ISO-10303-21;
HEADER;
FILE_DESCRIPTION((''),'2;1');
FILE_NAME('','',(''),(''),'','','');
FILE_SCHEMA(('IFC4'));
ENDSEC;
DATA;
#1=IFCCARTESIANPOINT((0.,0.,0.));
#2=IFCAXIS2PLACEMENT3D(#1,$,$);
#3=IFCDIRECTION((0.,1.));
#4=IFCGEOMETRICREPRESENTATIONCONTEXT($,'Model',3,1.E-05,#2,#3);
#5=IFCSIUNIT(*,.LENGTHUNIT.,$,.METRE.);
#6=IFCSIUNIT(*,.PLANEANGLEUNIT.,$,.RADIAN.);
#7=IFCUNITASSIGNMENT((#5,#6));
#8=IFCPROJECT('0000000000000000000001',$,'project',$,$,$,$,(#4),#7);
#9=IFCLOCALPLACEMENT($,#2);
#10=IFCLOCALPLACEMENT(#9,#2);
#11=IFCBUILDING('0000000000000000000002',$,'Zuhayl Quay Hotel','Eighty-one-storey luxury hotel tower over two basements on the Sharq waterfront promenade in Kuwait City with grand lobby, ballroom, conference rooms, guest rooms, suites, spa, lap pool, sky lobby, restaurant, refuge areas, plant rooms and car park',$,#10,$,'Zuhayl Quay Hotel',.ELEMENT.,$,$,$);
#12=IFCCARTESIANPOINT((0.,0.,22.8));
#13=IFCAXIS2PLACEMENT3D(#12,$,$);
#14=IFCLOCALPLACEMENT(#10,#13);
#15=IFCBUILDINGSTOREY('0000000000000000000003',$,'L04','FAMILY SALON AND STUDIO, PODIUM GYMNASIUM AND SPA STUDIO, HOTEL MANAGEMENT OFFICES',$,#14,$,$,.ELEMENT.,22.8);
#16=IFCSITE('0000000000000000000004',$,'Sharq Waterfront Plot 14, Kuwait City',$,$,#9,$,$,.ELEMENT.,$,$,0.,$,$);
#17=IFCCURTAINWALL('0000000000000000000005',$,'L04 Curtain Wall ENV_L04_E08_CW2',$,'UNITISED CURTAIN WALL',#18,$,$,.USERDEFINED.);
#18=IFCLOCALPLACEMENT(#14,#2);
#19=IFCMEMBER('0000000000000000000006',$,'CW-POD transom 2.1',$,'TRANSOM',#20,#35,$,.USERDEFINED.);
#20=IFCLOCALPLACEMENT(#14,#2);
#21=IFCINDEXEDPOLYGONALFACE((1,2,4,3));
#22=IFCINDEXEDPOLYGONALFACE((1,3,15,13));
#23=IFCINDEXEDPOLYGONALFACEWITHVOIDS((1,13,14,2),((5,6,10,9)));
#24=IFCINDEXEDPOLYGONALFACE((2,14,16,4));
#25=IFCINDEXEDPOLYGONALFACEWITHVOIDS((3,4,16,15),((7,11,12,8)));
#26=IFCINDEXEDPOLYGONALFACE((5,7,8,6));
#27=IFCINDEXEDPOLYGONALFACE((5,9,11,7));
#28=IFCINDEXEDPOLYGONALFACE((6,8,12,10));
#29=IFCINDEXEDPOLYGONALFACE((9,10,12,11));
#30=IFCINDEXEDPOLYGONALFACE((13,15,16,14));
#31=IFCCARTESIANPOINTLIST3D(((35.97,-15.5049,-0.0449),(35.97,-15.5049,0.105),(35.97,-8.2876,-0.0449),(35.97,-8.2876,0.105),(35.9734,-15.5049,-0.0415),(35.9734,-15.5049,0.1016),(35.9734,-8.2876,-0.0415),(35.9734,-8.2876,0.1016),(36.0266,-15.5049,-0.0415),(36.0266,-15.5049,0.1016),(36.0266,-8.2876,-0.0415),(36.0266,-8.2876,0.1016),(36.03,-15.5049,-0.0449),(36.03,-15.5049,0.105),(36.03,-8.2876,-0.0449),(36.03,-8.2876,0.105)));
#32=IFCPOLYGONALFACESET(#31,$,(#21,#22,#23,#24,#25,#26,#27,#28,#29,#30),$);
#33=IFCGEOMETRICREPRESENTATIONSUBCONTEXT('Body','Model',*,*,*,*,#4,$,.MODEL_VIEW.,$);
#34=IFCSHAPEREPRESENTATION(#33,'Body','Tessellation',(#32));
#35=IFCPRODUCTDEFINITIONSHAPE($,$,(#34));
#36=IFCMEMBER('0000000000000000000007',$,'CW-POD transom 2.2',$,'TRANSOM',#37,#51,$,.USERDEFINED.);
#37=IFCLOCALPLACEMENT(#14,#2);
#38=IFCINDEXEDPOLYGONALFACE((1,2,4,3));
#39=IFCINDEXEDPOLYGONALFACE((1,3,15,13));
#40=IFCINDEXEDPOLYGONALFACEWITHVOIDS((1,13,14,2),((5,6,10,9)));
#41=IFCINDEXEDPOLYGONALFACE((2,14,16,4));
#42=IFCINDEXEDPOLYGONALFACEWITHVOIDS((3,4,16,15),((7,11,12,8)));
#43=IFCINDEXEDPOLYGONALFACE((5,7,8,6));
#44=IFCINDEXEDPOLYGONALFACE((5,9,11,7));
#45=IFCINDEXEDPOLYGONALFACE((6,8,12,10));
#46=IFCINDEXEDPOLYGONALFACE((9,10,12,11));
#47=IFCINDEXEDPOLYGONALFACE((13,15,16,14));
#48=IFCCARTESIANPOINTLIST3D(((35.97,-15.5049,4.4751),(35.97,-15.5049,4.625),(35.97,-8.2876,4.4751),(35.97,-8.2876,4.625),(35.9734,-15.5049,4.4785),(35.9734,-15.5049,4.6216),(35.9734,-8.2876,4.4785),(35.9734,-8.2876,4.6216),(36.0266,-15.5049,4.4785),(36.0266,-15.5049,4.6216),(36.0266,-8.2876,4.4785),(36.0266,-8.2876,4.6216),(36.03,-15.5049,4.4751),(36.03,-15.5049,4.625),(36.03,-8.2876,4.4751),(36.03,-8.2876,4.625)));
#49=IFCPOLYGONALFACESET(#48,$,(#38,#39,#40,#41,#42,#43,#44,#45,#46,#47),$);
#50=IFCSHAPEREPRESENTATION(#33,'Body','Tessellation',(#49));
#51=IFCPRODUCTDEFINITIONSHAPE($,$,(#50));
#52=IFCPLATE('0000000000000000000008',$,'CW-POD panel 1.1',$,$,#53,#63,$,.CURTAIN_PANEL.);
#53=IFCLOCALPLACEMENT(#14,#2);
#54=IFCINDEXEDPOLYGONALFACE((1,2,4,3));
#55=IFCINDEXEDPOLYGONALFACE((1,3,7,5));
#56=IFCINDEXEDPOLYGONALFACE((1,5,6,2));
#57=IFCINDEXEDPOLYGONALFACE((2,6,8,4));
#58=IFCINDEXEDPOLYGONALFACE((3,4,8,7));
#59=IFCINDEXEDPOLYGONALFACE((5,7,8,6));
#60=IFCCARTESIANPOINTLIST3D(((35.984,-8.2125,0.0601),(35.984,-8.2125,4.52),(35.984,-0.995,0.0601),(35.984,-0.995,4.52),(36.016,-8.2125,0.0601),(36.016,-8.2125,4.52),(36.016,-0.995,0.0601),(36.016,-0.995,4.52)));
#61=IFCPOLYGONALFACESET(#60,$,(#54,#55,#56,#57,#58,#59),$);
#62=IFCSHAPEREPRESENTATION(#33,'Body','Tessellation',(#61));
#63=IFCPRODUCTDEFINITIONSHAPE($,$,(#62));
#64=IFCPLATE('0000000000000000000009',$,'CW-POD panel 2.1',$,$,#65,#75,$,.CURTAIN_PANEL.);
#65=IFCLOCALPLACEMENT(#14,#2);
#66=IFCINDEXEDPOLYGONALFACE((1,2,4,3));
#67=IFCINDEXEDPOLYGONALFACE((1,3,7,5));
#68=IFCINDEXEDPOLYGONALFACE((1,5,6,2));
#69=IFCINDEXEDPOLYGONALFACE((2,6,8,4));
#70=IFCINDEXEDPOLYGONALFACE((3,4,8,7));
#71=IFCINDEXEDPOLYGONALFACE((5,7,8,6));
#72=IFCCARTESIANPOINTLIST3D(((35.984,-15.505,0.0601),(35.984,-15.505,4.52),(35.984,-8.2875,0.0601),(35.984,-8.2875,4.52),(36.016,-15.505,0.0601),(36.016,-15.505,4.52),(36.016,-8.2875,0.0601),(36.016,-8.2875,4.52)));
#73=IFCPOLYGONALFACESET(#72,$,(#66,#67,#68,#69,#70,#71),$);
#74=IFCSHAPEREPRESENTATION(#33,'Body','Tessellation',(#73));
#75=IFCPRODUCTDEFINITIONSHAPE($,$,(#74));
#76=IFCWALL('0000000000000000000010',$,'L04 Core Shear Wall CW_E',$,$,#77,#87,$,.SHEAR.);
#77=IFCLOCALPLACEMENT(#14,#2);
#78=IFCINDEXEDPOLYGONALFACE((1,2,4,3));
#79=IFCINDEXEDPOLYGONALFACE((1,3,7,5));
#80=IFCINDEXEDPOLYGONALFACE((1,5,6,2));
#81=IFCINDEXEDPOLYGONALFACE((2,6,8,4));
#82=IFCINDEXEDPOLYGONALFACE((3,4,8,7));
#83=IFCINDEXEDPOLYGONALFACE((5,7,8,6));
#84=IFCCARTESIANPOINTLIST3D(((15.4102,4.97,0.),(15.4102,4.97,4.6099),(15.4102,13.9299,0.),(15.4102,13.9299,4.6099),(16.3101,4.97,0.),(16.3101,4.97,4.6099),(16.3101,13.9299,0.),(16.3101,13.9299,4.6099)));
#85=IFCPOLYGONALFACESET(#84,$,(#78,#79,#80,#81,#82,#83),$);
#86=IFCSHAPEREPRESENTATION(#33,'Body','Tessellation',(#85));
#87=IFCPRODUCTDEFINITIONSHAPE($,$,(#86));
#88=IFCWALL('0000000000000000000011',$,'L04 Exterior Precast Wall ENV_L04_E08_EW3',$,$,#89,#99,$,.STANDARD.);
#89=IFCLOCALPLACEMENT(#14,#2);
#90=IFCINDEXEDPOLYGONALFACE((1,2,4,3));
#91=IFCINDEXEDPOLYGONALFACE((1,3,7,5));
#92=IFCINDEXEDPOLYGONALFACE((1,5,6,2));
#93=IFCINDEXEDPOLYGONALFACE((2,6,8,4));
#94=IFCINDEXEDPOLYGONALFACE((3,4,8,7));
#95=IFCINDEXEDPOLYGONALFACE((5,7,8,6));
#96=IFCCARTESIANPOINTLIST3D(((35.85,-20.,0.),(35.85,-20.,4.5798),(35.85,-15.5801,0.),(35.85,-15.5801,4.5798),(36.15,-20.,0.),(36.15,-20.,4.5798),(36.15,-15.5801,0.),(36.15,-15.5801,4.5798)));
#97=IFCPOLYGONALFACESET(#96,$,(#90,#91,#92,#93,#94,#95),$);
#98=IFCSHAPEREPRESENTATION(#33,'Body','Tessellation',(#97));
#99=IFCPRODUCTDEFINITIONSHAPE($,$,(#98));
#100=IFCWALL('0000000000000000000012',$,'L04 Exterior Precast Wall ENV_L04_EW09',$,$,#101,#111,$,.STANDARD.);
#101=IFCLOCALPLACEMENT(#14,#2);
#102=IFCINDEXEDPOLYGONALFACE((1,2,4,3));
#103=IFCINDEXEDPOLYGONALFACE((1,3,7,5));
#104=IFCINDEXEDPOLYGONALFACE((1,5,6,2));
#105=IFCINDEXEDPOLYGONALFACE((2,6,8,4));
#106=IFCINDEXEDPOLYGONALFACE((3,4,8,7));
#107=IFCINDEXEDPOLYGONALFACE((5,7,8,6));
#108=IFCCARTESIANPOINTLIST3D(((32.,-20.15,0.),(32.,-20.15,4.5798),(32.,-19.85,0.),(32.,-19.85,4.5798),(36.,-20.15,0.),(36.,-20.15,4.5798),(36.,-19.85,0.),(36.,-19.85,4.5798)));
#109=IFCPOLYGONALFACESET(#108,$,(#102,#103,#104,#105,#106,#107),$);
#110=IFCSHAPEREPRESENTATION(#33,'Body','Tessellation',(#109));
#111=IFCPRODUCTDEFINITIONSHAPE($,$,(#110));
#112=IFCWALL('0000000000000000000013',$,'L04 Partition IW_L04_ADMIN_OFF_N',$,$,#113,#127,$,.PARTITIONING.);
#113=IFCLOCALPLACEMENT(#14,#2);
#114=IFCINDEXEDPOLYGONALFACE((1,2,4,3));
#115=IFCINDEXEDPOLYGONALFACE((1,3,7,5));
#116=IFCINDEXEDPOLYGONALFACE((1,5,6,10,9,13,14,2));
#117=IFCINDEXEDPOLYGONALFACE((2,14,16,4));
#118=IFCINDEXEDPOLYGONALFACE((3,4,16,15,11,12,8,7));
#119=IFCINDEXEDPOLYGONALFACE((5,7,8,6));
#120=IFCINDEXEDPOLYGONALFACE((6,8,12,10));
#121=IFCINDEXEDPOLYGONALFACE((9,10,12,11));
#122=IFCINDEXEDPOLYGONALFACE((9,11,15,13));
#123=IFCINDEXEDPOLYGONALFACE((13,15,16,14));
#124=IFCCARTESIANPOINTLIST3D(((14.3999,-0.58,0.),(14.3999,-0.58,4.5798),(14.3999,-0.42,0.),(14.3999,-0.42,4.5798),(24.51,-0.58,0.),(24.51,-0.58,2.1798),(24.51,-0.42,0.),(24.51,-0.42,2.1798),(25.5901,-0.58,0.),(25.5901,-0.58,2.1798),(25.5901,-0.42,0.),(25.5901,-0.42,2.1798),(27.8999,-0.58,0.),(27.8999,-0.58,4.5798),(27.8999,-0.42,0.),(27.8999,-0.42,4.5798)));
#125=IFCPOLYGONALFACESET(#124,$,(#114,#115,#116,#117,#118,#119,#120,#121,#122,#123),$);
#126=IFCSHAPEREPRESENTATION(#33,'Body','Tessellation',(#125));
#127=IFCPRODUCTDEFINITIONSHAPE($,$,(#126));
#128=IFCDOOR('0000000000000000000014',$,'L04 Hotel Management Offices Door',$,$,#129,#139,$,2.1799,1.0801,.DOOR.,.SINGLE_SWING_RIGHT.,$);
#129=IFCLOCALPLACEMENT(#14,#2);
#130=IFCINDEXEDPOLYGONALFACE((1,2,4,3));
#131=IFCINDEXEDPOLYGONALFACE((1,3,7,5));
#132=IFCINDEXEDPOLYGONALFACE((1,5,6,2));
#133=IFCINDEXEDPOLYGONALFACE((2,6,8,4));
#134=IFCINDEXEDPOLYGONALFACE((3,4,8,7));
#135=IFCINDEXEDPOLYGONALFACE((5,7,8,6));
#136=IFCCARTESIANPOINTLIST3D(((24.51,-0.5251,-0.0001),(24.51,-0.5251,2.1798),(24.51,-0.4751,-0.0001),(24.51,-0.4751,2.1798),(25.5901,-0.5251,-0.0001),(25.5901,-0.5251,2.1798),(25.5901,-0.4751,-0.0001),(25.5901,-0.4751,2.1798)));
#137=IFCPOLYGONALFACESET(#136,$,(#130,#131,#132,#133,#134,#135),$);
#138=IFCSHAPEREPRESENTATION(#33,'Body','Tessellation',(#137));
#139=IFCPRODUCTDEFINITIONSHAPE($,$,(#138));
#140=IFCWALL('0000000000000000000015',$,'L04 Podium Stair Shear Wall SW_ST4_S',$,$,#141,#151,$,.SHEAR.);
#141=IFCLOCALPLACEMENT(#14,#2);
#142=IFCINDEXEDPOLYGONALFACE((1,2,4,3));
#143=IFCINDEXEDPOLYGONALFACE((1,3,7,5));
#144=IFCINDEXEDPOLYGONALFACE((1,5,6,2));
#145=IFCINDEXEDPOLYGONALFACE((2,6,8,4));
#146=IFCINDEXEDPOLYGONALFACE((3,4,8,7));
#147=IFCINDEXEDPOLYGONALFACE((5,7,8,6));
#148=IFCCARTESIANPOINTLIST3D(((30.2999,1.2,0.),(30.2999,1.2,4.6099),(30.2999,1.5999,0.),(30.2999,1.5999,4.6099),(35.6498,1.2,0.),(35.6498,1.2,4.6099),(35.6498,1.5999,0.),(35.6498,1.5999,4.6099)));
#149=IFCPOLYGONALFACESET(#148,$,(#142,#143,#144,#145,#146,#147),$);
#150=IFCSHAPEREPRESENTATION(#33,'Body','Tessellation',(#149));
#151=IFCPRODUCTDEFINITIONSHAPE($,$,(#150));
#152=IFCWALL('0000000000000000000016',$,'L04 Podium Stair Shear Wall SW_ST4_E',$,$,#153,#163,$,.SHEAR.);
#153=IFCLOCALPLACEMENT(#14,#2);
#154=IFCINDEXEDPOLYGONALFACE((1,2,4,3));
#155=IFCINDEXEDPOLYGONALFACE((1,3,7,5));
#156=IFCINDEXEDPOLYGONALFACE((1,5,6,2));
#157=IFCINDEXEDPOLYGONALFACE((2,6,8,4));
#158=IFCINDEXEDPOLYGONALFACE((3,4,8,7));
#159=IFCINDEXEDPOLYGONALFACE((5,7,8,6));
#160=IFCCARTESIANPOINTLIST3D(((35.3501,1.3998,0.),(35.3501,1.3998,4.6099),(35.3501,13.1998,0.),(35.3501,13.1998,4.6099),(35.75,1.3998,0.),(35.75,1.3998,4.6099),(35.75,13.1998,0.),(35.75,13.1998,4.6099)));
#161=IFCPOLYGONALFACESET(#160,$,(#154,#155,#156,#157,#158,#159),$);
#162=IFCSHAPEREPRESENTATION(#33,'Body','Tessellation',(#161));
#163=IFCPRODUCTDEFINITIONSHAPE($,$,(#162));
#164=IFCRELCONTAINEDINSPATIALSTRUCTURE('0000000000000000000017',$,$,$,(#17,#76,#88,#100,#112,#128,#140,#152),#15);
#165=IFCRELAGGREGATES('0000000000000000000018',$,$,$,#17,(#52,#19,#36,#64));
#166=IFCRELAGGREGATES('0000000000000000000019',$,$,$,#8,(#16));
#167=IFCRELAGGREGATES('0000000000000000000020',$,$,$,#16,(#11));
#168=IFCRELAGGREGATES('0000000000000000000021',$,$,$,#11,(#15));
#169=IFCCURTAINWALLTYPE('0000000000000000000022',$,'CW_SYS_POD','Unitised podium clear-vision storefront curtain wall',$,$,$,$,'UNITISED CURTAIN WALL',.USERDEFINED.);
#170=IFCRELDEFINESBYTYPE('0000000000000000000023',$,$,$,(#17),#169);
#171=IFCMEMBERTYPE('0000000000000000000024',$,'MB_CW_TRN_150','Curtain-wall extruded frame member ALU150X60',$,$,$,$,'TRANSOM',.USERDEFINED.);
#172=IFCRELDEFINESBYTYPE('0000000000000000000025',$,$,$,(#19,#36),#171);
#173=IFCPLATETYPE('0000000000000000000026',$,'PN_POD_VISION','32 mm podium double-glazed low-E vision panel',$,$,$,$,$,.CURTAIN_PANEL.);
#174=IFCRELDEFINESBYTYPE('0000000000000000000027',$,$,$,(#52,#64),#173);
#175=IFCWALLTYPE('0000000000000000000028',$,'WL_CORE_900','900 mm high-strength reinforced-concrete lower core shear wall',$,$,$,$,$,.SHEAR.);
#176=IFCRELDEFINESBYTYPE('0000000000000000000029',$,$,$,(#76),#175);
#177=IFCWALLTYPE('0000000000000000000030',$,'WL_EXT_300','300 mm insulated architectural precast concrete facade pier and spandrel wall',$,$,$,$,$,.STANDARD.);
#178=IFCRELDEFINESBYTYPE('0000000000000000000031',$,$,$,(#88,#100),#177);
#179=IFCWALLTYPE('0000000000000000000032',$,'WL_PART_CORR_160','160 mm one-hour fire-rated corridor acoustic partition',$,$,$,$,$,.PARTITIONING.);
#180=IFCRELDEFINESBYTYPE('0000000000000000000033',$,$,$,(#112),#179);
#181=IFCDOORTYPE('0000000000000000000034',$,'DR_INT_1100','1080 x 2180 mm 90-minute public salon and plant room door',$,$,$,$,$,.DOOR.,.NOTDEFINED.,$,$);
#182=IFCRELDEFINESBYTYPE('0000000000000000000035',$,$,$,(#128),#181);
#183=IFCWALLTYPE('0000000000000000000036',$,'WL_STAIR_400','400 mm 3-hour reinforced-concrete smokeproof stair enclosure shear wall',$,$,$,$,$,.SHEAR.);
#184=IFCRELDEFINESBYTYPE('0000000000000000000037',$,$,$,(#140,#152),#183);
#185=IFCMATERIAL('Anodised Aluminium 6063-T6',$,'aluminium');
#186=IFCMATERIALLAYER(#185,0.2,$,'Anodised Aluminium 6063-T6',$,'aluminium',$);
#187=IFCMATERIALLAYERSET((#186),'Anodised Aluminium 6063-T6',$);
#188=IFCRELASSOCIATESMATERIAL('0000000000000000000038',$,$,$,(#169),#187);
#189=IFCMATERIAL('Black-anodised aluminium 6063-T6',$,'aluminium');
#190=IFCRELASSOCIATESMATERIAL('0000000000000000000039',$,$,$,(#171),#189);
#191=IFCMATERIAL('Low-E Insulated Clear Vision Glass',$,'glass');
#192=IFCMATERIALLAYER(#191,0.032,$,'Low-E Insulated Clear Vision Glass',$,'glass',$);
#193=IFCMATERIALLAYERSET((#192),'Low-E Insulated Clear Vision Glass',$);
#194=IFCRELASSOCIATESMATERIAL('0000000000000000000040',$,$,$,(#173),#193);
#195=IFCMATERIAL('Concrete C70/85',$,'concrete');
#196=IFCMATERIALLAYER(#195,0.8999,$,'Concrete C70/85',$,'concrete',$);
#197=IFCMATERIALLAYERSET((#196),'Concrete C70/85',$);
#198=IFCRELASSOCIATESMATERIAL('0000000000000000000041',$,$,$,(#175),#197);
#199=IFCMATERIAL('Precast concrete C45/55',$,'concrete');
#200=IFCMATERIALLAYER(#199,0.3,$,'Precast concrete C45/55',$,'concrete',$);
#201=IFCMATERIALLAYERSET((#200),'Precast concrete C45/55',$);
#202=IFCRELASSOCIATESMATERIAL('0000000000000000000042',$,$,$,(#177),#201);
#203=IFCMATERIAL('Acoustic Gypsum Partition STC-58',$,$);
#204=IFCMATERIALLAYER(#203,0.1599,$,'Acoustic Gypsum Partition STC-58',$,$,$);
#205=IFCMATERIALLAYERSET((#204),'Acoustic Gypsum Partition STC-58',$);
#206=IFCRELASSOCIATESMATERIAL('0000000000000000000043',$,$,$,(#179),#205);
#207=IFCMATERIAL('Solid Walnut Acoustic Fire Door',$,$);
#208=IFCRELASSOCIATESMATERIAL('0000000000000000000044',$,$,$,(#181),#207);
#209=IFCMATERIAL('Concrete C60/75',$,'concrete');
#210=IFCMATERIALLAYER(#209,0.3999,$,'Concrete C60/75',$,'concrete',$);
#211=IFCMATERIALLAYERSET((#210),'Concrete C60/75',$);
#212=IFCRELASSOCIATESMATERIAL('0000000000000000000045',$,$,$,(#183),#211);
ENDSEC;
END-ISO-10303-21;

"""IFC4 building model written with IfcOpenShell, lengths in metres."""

from ifc_helpers import new_model, si_unit, direction, frame, frame_2d, origin, origin_2d, place, context, subcontext, project, spatial, rectangle, hollow_rectangle, extrude, material, layer, layer_set, material_profile, profile_set, type_object, element, fill, aggregate, save


model = new_model("IFC4")

# Units and contexts
model_context = context("Model", 3, precision=1e-05, world=origin(), true_north=direction((0.0, 1.0)))
body_context = subcontext(model_context, "Body", "Model", "MODEL_VIEW")
ifc_project = project(units=[si_unit("LENGTHUNIT", "METRE"), si_unit("PLANEANGLEUNIT", "RADIAN")], contexts=[model_context])

# Site, building, storey
site_placement = place(None, origin())
site = spatial("IfcSite", under=ifc_project, at=site_placement, Name="Sharq Waterfront Plot 14, Kuwait City", CompositionType="ELEMENT", RefElevation=0.0)
building_placement = place(site_placement, origin())
building = spatial("IfcBuilding", under=site, at=building_placement, Name="Zuhayl Quay Hotel", Description="Eighty-one-storey luxury hotel tower over two basements on the Sharq waterfront promenade in Kuwait City with grand lobby, ballroom, conference rooms, guest rooms, suites, spa, lap pool, sky lobby, restaurant, refuge areas, plant rooms and car park", LongName="Zuhayl Quay Hotel", CompositionType="ELEMENT")
storey_placement = place(building_placement, frame((0.0, 0.0, 22.8)))
storey = spatial("IfcBuildingStorey", under=building, at=storey_placement, Name="L04", Description="FAMILY SALON AND STUDIO, PODIUM GYMNASIUM AND SPA STUDIO, HOTEL MANAGEMENT OFFICES", CompositionType="ELEMENT", Elevation=22.8)

# Shared definitions
ifc_material_1 = material(Name="Concrete C70/85", Category="concrete")

# Curtain wall, members, plates
ifc_material_2 = material(Name="Anodised Aluminium 6063-T6", Category="aluminium")
ifc_layer_1 = layer(ifc_material_2, 0.2, Name="Anodised Aluminium 6063-T6", Category="aluminium")
ifc_layer_set_1 = layer_set([ifc_layer_1], Name="Anodised Aluminium 6063-T6")
curtain_wall_type = type_object("IfcCurtainWallType", Name="CW_SYS_POD", Description="Unitised podium clear-vision storefront curtain wall", ElementType="UNITISED CURTAIN WALL", PredefinedType="USERDEFINED", material=ifc_layer_set_1)
curtain_wall_placement = place(storey_placement, origin())
curtain_wall = element("IfcCurtainWall", 1, at=curtain_wall_placement, inside=storey, type_object=curtain_wall_type, Name="L04 Curtain Wall ENV_L04_E08_CW2", ObjectType="UNITISED CURTAIN WALL", PredefinedType="USERDEFINED")
ifc_material_3 = material(Name="Black-anodised aluminium 6063-T6", Category="aluminium")
ifc_material_profile_1 = material_profile(ifc_material_3, hollow_rectangle(XDim=0.0601, YDim=0.1499, WallThickness=0.0034, at=origin_2d()), Name="ALU150X60")
ifc_profile_set_1 = profile_set([ifc_material_profile_1], Name="Black-anodised aluminium 6063-T6")
member_type_1 = type_object("IfcMemberType", Name="MB_CW_TRN_150", Description="Curtain-wall extruded frame member ALU150X60", ElementType="TRANSOM", PredefinedType="USERDEFINED", material=ifc_profile_set_1)
member_1_placement = place(storey_placement, frame((36.0, -8.2876, 0.03), z_axis=(0.0, -1.0, 0.0), x_axis=(1.0, 0.0, 0.0)))
member_1 = element("IfcMember", 2, at=member_1_placement, type_object=member_type_1, Name="CW-POD transom 2.1", ObjectType="TRANSOM", PredefinedType="USERDEFINED", context=body_context, shape_type="SweptSolid", body=[
    extrude(hollow_rectangle(XDim=0.0601, YDim=0.1499, WallThickness=0.0034, at=origin_2d()), origin(), (0.0, 0.0, 1.0), 7.2173),
])
member_2_placement = place(storey_placement, frame((36.0, -8.2876, 4.55), z_axis=(0.0, -1.0, 0.0), x_axis=(1.0, 0.0, 0.0)))
member_2 = element("IfcMember", 3, at=member_2_placement, type_object=member_type_1, Name="CW-POD transom 2.2", ObjectType="TRANSOM", PredefinedType="USERDEFINED", context=body_context, shape_type="SweptSolid", body=[
    extrude(hollow_rectangle(XDim=0.0601, YDim=0.1499, WallThickness=0.0034, at=origin_2d()), origin(), (0.0, 0.0, 1.0), 7.2173),
])
ifc_material_4 = material(Name="Low-E Insulated Clear Vision Glass", Category="glass")
ifc_layer_2 = layer(ifc_material_4, 0.032, Name="Low-E Insulated Clear Vision Glass", Category="glass")
ifc_layer_set_2 = layer_set([ifc_layer_2], Name="Low-E Insulated Clear Vision Glass")
plate_type = type_object("IfcPlateType", Name="PN_POD_VISION", Description="32 mm podium double-glazed low-E vision panel", PredefinedType="CURTAIN_PANEL", material=ifc_layer_set_2)
plate_1_placement = place(storey_placement, frame((36.0, -4.6038, 0.0601), z_axis=(0.0, 0.0, 1.0), x_axis=(0.0, -1.0, 0.0)))
plate_1 = element("IfcPlate", 4, at=plate_1_placement, type_object=plate_type, Name="CW-POD panel 1.1", PredefinedType="CURTAIN_PANEL", context=body_context, shape_type="SweptSolid", body=[
    extrude(rectangle(XDim=7.2175, YDim=0.032, at=origin_2d()), origin(), (0.0, 0.0, 1.0), 4.46),
])
plate_2_placement = place(storey_placement, frame((36.0, -11.8962, 0.0601), z_axis=(0.0, 0.0, 1.0), x_axis=(0.0, -1.0, 0.0)))
plate_2 = element("IfcPlate", 5, at=plate_2_placement, type_object=plate_type, Name="CW-POD panel 2.1", PredefinedType="CURTAIN_PANEL", context=body_context, shape_type="SweptSolid", body=[
    extrude(rectangle(XDim=7.2175, YDim=0.032, at=origin_2d()), origin(), (0.0, 0.0, 1.0), 4.46),
])
aggregate(curtain_wall, [plate_1, member_1, member_2, plate_2])

# Walls
ifc_layer_3 = layer(ifc_material_1, 0.8999, Name="Concrete C70/85", Category="concrete")
ifc_layer_set_3 = layer_set([ifc_layer_3], Name="Concrete C70/85")
wall_type_1 = type_object("IfcWallType", Name="WL_CORE_900", Description="900 mm high-strength reinforced-concrete lower core shear wall", PredefinedType="SHEAR", material=ifc_layer_set_3)
wall_1_placement = place(storey_placement, frame((15.8601, 4.97, 0.0), z_axis=(0.0, 0.0, 1.0), x_axis=(0.0, 1.0, 0.0)))
element("IfcWall", 6, at=wall_1_placement, inside=storey, type_object=wall_type_1, Name="L04 Core Shear Wall CW_E", PredefinedType="SHEAR", context=body_context, shape_type="SweptSolid", body=[
    extrude(rectangle(XDim=8.96, YDim=0.8999, at=frame_2d((4.48, 0.0))), origin(), (0.0, 0.0, 1.0), 4.6099),
])
ifc_material_5 = material(Name="Precast concrete C45/55", Category="concrete")
ifc_layer_4 = layer(ifc_material_5, 0.3, Name="Precast concrete C45/55", Category="concrete")
ifc_layer_set_4 = layer_set([ifc_layer_4], Name="Precast concrete C45/55")
wall_type_2 = type_object("IfcWallType", Name="WL_EXT_300", Description="300 mm insulated architectural precast concrete facade pier and spandrel wall", PredefinedType="STANDARD", material=ifc_layer_set_4)
wall_2_placement = place(storey_placement, frame((36.0, -15.5801, 0.0), z_axis=(0.0, 0.0, 1.0), x_axis=(0.0, -1.0, 0.0)))
element("IfcWall", 7, at=wall_2_placement, inside=storey, type_object=wall_type_2, Name="L04 Exterior Precast Wall ENV_L04_E08_EW3", PredefinedType="STANDARD", context=body_context, shape_type="SweptSolid", body=[
    extrude(rectangle(XDim=4.4199, YDim=0.3, at=frame_2d((2.21, 0.0))), origin(), (0.0, 0.0, 1.0), 4.5798),
])
wall_3_placement = place(storey_placement, frame((36.0, -20.0, 0.0), z_axis=(0.0, 0.0, 1.0), x_axis=(-1.0, 0.0, 0.0)))
element("IfcWall", 8, at=wall_3_placement, inside=storey, type_object=wall_type_2, Name="L04 Exterior Precast Wall ENV_L04_EW09", PredefinedType="STANDARD", context=body_context, shape_type="SweptSolid", body=[
    extrude(rectangle(XDim=4.0, YDim=0.3, at=frame_2d((2.0, 0.0))), origin(), (0.0, 0.0, 1.0), 4.5798),
])

# Wall, opening, door
ifc_material_6 = material(Name="Acoustic Gypsum Partition STC-58")
ifc_layer_5 = layer(ifc_material_6, 0.1599, Name="Acoustic Gypsum Partition STC-58")
ifc_layer_set_5 = layer_set([ifc_layer_5], Name="Acoustic Gypsum Partition STC-58")
wall_type_3 = type_object("IfcWallType", Name="WL_PART_CORR_160", Description="160 mm one-hour fire-rated corridor acoustic partition", PredefinedType="PARTITIONING", material=ifc_layer_set_5)
wall_4_placement = place(storey_placement, frame((14.3999, -0.5, 0.0), z_axis=(0.0, 0.0, 1.0), x_axis=(1.0, 0.0, 0.0)))
wall_4 = element("IfcWall", 9, at=wall_4_placement, inside=storey, type_object=wall_type_3, Name="L04 Partition IW_L04_ADMIN_OFF_N", PredefinedType="PARTITIONING", context=body_context, shape_type="SweptSolid", body=[
    extrude(rectangle(XDim=13.5, YDim=0.1599, at=frame_2d((6.75, 0.0))), origin(), (0.0, 0.0, 1.0), 4.5798),
])
opening_placement = place(wall_4_placement, frame((10.1101, 0.0, 0.0)))
opening = element("IfcOpeningElement", 10, at=opening_placement, cuts=wall_4, PredefinedType="OPENING", context=body_context, shape_type="SweptSolid", body=[
    extrude(rectangle(XDim=1.0801, YDim=2.1799, at=frame_2d((0.54, 1.0898))), frame((0.0, 0.0898, 0.0), z_axis=(0.0, -1.0, 0.0), x_axis=(1.0, 0.0, 0.0)), (0.0, 0.0, 1.0), 0.1799),
])
ifc_material_7 = material(Name="Solid Walnut Acoustic Fire Door")
door_type = type_object("IfcDoorType", Name="DR_INT_1100", Description="1080 x 2180 mm 90-minute public salon and plant room door", OperationType="NOTDEFINED", PredefinedType="DOOR", material=ifc_material_7)
door_placement = place(opening_placement, origin())
door = element("IfcDoor", 11, at=door_placement, inside=storey, type_object=door_type, Name="L04 Hotel Management Offices Door", OperationType="SINGLE_SWING_RIGHT", OverallHeight=2.1799, OverallWidth=1.0801, PredefinedType="DOOR", context=body_context, shape_type="SweptSolid", body=[
    extrude(rectangle(XDim=1.0801, YDim=2.1799, at=frame_2d((0.54, 1.0898))), frame((0.0, 0.0249, 0.0), z_axis=(0.0, -1.0, 0.0), x_axis=(1.0, 0.0, 0.0)), (0.0, 0.0, 1.0), 0.05),
])
fill(opening, door)

# Walls
ifc_material_8 = material(Name="Concrete C60/75", Category="concrete")
ifc_layer_6 = layer(ifc_material_8, 0.3999, Name="Concrete C60/75", Category="concrete")
ifc_layer_set_6 = layer_set([ifc_layer_6], Name="Concrete C60/75")
wall_type_4 = type_object("IfcWallType", Name="WL_STAIR_400", Description="400 mm 3-hour reinforced-concrete smokeproof stair enclosure shear wall", PredefinedType="SHEAR", material=ifc_layer_set_6)
wall_5_placement = place(storey_placement, frame((30.3, 1.3999, 0.0), z_axis=(0.0, 0.0, 1.0), x_axis=(1.0, 0.0, 0.0)))
element("IfcWall", 12, at=wall_5_placement, inside=storey, type_object=wall_type_4, Name="L04 Podium Stair Shear Wall SW_ST4_S", PredefinedType="SHEAR", context=body_context, shape_type="SweptSolid", body=[
    extrude(rectangle(XDim=5.3499, YDim=0.3999, at=frame_2d((2.6748, 0.0))), origin(), (0.0, 0.0, 1.0), 4.6099),
])
wall_6_placement = place(storey_placement, frame((35.55, 1.3999, 0.0), z_axis=(0.0, 0.0, 1.0), x_axis=(0.0, 1.0, 0.0)))
element("IfcWall", 13, at=wall_6_placement, inside=storey, type_object=wall_type_4, Name="L04 Podium Stair Shear Wall SW_ST4_E", PredefinedType="SHEAR", context=body_context, shape_type="SweptSolid", body=[
    extrude(rectangle(XDim=11.8, YDim=0.3999, at=frame_2d((5.8999, 0.0))), origin(), (0.0, 0.0, 1.0), 4.6099),
])

save(model, "model.ifc")
